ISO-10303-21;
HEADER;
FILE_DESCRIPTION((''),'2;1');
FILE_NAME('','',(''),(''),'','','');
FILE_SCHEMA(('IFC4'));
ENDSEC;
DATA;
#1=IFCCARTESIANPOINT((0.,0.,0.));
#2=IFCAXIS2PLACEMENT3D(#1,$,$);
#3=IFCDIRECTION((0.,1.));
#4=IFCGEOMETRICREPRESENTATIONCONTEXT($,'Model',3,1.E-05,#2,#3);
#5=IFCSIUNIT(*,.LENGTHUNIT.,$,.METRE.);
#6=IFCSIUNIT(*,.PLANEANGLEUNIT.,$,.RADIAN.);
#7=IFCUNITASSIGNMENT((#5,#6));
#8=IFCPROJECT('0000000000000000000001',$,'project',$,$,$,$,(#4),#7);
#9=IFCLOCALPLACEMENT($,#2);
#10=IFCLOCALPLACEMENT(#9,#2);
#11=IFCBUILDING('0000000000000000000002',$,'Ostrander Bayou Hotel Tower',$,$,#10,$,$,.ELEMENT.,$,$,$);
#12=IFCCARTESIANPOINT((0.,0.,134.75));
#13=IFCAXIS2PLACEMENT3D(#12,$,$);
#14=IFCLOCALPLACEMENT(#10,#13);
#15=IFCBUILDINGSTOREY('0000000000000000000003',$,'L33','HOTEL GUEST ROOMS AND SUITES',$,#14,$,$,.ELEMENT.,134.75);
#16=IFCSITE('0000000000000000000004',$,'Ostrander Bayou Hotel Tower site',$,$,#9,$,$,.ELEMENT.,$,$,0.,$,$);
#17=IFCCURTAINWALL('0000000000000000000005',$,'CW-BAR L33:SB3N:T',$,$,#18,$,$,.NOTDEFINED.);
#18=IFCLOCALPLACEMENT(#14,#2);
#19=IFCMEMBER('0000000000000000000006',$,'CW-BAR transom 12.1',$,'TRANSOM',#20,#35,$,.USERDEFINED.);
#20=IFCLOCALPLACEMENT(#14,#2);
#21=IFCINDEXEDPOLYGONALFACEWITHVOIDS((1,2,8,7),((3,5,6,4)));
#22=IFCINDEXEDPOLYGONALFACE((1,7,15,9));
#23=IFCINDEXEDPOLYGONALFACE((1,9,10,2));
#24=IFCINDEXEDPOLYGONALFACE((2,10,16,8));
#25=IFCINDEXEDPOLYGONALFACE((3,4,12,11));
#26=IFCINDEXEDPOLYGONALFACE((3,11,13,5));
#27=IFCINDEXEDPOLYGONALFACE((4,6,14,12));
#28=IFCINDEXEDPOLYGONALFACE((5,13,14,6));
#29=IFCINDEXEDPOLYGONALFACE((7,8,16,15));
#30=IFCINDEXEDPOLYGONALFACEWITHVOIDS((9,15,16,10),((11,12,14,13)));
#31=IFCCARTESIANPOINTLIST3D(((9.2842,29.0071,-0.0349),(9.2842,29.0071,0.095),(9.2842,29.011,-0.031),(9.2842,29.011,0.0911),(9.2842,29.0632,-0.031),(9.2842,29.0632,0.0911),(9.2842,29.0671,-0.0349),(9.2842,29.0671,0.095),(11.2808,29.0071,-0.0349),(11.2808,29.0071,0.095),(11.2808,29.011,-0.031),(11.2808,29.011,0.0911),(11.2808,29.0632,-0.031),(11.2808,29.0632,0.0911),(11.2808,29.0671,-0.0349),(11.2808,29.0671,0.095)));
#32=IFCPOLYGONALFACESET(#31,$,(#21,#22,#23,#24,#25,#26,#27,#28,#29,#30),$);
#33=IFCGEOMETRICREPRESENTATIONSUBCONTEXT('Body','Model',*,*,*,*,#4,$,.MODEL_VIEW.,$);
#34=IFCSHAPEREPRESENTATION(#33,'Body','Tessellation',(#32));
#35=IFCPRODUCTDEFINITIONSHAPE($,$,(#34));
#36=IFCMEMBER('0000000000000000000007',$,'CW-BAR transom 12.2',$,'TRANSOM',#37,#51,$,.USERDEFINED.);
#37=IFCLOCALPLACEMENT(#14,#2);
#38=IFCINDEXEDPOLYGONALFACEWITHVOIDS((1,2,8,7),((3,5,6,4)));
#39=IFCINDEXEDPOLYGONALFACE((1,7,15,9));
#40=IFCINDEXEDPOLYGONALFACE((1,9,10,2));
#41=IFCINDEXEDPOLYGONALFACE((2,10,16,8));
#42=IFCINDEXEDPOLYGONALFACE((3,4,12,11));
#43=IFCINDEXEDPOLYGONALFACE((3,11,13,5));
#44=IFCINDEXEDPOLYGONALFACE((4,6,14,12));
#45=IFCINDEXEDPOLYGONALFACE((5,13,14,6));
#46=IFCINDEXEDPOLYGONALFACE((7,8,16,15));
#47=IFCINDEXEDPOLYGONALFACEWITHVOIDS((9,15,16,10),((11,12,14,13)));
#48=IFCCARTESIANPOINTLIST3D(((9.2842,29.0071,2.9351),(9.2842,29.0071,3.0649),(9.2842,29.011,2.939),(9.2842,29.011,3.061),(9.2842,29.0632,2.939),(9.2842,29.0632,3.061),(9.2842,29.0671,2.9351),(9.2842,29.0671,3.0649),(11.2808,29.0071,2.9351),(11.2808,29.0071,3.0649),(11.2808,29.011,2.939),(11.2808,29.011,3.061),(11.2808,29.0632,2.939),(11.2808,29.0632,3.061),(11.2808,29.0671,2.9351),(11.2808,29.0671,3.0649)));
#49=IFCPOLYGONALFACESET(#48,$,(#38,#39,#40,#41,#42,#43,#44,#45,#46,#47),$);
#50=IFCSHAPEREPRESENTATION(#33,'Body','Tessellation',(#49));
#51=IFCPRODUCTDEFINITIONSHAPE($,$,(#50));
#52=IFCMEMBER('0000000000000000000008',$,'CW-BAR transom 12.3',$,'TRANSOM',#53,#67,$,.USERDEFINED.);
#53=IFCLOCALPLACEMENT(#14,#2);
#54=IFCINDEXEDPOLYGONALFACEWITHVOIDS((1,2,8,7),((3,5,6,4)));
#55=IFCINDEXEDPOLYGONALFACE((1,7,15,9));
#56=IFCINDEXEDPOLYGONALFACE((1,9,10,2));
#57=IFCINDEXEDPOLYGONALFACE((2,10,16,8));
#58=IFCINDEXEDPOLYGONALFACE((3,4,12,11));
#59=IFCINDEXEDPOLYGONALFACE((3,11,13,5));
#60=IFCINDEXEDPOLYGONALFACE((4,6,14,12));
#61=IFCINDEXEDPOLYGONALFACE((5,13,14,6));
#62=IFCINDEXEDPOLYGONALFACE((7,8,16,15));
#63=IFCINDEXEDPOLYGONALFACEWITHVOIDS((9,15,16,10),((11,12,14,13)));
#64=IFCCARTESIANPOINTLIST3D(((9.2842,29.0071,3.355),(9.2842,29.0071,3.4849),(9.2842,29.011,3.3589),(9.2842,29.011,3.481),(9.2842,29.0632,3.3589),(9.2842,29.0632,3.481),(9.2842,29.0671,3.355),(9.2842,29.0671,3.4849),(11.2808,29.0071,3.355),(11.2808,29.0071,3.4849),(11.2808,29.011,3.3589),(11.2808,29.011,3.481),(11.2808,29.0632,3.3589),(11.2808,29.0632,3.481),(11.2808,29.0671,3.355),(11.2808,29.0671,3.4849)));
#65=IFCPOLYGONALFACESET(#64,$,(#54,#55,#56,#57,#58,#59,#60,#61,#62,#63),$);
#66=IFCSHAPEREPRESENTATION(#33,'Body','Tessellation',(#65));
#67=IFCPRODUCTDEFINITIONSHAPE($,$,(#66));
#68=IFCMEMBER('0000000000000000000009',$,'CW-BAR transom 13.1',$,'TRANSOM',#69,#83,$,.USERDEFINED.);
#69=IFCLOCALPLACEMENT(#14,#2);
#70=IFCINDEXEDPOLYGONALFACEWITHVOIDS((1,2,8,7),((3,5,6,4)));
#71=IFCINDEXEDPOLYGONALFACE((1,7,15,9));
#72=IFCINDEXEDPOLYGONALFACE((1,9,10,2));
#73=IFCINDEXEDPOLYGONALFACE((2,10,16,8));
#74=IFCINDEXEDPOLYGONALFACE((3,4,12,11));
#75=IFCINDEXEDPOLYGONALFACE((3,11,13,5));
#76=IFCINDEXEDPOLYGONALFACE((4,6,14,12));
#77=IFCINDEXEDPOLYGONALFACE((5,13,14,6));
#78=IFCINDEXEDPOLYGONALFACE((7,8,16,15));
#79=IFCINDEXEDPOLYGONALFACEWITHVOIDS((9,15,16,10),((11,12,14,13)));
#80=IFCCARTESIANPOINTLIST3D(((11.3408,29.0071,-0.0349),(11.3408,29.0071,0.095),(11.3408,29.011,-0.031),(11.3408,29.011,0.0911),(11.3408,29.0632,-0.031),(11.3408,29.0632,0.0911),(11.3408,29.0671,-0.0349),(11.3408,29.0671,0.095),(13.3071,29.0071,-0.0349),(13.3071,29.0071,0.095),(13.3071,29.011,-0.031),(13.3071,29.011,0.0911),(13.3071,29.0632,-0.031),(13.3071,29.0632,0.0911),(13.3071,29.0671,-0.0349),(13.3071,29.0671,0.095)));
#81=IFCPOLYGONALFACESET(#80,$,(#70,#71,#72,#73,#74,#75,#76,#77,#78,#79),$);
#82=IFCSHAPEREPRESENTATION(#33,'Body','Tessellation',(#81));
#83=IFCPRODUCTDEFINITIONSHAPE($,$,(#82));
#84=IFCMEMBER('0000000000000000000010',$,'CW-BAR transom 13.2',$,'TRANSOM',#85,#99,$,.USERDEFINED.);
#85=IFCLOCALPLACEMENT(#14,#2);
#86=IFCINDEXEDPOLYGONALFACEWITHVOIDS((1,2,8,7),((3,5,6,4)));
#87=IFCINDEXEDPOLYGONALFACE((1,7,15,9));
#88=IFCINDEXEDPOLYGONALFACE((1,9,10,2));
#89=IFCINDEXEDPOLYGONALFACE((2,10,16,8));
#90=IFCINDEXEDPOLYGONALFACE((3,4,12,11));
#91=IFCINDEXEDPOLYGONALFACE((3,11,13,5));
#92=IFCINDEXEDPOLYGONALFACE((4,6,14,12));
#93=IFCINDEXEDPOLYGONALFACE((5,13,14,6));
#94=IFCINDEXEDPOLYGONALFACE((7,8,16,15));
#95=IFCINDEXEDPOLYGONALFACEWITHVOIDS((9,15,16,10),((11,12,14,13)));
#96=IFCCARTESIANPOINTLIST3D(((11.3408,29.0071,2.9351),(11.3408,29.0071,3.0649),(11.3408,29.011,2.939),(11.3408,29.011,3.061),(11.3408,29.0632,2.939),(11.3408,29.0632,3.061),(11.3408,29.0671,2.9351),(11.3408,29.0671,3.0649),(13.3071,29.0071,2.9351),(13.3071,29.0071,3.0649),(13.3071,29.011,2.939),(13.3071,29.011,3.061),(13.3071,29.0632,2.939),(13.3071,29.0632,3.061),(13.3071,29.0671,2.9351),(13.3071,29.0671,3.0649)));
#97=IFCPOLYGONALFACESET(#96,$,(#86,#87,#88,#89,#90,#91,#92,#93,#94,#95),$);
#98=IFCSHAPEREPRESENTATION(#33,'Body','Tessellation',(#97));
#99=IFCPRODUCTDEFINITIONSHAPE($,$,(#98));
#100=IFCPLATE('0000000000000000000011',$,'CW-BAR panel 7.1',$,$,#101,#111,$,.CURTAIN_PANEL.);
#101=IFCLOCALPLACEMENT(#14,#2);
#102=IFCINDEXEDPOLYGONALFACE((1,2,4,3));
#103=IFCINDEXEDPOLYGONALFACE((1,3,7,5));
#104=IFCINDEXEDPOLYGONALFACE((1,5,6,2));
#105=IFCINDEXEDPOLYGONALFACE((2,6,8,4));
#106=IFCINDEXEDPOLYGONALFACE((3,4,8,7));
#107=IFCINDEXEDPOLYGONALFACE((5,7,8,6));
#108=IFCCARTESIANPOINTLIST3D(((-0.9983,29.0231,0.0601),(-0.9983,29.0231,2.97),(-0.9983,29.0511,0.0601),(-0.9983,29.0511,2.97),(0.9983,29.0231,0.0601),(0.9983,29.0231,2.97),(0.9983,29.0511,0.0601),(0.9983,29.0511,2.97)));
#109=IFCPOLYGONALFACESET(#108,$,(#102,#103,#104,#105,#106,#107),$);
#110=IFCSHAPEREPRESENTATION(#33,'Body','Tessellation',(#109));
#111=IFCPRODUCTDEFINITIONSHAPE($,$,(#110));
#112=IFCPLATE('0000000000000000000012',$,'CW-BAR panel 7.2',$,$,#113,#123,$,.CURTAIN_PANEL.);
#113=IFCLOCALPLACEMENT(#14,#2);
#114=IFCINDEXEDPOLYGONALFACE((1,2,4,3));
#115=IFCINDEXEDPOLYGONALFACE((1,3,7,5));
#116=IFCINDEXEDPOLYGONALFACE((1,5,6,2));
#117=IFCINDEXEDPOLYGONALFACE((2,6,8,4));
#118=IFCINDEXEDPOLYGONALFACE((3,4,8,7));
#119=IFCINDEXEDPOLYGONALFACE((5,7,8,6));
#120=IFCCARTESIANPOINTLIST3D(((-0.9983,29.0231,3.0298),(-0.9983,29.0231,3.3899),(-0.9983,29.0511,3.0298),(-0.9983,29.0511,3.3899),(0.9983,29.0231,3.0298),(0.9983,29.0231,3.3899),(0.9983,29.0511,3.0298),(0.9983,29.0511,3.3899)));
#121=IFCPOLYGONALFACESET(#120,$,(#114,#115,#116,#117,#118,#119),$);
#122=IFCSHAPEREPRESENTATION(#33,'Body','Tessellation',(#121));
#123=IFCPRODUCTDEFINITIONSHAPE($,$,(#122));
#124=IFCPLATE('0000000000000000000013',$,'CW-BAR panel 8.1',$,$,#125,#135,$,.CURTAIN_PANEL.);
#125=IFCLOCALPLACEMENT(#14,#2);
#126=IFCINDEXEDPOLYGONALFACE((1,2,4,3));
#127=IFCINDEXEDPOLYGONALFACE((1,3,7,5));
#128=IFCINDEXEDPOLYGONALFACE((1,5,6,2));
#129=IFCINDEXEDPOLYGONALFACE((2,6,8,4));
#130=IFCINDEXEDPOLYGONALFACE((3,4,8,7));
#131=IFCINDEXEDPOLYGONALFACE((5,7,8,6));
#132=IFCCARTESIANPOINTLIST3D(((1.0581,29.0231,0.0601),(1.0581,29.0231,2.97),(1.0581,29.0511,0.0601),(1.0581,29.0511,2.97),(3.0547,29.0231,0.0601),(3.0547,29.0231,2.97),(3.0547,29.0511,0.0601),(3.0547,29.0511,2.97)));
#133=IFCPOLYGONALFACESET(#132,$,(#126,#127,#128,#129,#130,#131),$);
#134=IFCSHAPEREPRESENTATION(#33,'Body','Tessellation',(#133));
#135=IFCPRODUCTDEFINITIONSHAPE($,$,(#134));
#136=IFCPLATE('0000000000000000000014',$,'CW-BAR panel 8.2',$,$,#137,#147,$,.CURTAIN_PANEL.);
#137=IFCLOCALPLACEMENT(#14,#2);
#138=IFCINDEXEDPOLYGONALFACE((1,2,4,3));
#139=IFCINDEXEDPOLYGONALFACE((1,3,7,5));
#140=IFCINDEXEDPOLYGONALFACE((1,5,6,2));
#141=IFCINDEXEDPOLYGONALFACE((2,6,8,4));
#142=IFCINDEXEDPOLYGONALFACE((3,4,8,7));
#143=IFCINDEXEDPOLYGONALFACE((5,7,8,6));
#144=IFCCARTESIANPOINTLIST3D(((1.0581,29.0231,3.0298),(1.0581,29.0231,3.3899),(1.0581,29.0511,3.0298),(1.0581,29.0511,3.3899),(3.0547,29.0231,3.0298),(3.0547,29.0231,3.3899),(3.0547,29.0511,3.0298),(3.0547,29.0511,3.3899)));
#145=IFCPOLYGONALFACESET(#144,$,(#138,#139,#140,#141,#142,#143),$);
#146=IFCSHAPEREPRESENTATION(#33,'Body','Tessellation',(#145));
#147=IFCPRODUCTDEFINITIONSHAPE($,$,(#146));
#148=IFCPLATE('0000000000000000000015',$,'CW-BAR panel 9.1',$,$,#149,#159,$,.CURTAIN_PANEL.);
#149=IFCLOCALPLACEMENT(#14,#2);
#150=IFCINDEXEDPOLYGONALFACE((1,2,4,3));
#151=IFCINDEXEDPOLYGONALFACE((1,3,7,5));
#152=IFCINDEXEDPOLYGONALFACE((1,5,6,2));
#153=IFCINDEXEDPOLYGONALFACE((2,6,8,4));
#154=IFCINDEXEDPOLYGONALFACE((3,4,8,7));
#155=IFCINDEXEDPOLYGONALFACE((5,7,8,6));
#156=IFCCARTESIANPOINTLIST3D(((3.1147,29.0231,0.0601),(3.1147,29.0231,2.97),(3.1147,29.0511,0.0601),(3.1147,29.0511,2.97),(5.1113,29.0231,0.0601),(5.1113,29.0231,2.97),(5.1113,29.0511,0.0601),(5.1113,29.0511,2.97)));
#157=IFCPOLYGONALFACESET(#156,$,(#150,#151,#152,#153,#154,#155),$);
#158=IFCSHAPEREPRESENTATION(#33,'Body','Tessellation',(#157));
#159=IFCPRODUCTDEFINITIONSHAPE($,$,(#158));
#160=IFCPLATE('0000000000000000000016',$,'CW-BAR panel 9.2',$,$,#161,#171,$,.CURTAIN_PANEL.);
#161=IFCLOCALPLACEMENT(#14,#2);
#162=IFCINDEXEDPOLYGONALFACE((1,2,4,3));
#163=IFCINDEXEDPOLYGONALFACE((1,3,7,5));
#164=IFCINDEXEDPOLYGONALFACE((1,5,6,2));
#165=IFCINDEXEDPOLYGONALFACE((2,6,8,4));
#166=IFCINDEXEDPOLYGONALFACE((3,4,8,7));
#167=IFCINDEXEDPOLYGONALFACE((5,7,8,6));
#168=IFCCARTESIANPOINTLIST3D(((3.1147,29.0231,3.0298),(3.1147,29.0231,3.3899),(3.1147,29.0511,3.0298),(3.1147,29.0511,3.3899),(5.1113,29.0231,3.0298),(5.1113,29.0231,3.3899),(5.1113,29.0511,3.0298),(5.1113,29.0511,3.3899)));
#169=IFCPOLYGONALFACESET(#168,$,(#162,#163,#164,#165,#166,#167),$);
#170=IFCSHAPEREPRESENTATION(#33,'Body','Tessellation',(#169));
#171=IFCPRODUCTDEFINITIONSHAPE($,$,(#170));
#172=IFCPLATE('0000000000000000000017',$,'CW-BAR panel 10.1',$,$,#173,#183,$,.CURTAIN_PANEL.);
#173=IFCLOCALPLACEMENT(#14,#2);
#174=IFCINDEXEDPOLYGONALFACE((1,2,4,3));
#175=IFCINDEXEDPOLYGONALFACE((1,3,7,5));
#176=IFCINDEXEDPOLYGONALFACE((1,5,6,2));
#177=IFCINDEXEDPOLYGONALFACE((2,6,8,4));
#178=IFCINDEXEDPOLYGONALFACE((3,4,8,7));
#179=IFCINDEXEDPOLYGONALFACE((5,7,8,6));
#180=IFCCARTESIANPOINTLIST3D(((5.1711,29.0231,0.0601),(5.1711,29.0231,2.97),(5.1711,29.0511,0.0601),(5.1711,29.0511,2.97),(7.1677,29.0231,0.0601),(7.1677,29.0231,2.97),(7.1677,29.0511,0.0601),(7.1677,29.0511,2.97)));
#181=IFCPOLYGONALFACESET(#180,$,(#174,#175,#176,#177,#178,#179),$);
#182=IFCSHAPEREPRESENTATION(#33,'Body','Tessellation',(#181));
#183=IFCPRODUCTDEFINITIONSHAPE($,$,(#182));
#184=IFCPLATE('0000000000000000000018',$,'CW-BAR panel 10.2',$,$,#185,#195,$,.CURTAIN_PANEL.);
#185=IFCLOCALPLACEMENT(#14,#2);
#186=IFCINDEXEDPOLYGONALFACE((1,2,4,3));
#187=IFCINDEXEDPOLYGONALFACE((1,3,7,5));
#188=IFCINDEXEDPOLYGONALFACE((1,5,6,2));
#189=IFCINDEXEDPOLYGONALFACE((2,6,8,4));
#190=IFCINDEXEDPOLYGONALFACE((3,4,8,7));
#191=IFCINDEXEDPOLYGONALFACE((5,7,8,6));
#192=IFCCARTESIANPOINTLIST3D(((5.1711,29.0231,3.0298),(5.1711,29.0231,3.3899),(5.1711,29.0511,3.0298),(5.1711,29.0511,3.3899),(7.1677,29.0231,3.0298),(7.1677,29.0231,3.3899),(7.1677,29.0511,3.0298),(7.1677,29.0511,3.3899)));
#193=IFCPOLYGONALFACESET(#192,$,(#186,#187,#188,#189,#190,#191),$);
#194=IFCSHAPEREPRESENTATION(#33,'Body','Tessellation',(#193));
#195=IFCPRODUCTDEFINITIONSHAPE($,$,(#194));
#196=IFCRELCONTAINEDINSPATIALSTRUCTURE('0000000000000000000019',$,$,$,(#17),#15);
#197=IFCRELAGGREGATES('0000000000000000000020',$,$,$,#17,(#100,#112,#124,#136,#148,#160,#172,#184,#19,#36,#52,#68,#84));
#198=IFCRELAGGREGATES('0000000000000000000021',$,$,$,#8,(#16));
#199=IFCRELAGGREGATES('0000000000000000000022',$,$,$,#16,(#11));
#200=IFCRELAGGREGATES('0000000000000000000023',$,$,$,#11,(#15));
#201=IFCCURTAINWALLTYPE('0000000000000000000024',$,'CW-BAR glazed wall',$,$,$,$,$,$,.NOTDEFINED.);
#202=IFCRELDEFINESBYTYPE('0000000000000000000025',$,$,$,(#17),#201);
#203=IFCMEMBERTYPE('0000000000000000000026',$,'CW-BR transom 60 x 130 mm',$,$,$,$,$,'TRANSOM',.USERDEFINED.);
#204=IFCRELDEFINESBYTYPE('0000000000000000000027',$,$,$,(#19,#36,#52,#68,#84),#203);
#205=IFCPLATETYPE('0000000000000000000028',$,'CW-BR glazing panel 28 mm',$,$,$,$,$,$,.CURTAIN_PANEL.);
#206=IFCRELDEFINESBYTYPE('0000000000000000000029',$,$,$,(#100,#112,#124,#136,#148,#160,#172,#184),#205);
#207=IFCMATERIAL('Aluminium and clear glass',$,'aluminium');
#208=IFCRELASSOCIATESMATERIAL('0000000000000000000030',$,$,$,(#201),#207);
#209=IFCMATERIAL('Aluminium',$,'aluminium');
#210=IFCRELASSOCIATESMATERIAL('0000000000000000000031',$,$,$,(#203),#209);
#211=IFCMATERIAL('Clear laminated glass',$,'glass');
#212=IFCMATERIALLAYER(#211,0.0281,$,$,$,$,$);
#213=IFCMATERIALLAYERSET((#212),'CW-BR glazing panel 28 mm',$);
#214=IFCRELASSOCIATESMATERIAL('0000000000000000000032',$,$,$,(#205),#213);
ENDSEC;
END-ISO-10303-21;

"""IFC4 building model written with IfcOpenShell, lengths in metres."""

from ifc_helpers import new_model, si_unit, direction, frame, origin, origin_2d, place, context, subcontext, project, spatial, rectangle, hollow_rectangle, extrude, material, layer, layer_set, material_profile, profile_set, type_object, element, aggregate, save


model = new_model("IFC4")

# Units and contexts
model_context = context("Model", 3, precision=1e-05, world=origin(), true_north=direction((0.0, 1.0)))
body_context = subcontext(model_context, "Body", "Model", "MODEL_VIEW")
ifc_project = project(units=[si_unit("LENGTHUNIT", "METRE"), si_unit("PLANEANGLEUNIT", "RADIAN")], contexts=[model_context])

# Site, building, storey
site_placement = place(None, origin())
site = spatial("IfcSite", under=ifc_project, at=site_placement, Name="Ostrander Bayou Hotel Tower site", CompositionType="ELEMENT", RefElevation=0.0)
building_placement = place(site_placement, origin())
building = spatial("IfcBuilding", under=site, at=building_placement, Name="Ostrander Bayou Hotel Tower", CompositionType="ELEMENT")
storey_placement = place(building_placement, frame((0.0, 0.0, 134.75)))
storey = spatial("IfcBuildingStorey", under=building, at=storey_placement, Name="L33", Description="HOTEL GUEST ROOMS AND SUITES", CompositionType="ELEMENT", Elevation=134.75)

# Curtain wall, members, plates
ifc_material_1 = material(Name="Aluminium and clear glass", Category="aluminium")
curtain_wall_type = type_object("IfcCurtainWallType", Name="CW-BAR glazed wall", PredefinedType="NOTDEFINED", material=ifc_material_1)
curtain_wall_placement = place(storey_placement, origin())
curtain_wall = element("IfcCurtainWall", 1, at=curtain_wall_placement, inside=storey, type_object=curtain_wall_type, Name="CW-BAR L33:SB3N:T", PredefinedType="NOTDEFINED")
ifc_material_2 = material(Name="Aluminium", Category="aluminium")
ifc_material_profile_1 = material_profile(ifc_material_2, hollow_rectangle(XDim=0.0601, YDim=0.1299, WallThickness=0.0039, at=origin_2d()))
ifc_profile_set_1 = profile_set([ifc_material_profile_1], Name="Aluminium")
member_type_1 = type_object("IfcMemberType", Name="CW-BR transom 60 x 130 mm", ElementType="TRANSOM", PredefinedType="USERDEFINED", material=ifc_profile_set_1)
member_1_placement = place(storey_placement, frame((9.2842, 29.0371, 0.03), z_axis=(1.0, 0.0, 0.0), x_axis=(0.0, 1.0, 0.0)))
member_1 = element("IfcMember", 2, at=member_1_placement, type_object=member_type_1, Name="CW-BAR transom 12.1", ObjectType="TRANSOM", PredefinedType="USERDEFINED", context=body_context, shape_type="SweptSolid", body=[
    extrude(hollow_rectangle(XDim=0.0601, YDim=0.1299, WallThickness=0.0039, at=origin_2d()), origin(), (0.0, 0.0, 1.0), 1.9966),
])
member_2_placement = place(storey_placement, frame((9.2842, 29.0371, 3.0), z_axis=(1.0, 0.0, 0.0), x_axis=(0.0, 1.0, 0.0)))
member_2 = element("IfcMember", 3, at=member_2_placement, type_object=member_type_1, Name="CW-BAR transom 12.2", ObjectType="TRANSOM", PredefinedType="USERDEFINED", context=body_context, shape_type="SweptSolid", body=[
    extrude(hollow_rectangle(XDim=0.0601, YDim=0.1299, WallThickness=0.0039, at=origin_2d()), origin(), (0.0, 0.0, 1.0), 1.9966),
])
member_3_placement = place(storey_placement, frame((9.2842, 29.0371, 3.4199), z_axis=(1.0, 0.0, 0.0), x_axis=(0.0, 1.0, 0.0)))
member_3 = element("IfcMember", 4, at=member_3_placement, type_object=member_type_1, Name="CW-BAR transom 12.3", ObjectType="TRANSOM", PredefinedType="USERDEFINED", context=body_context, shape_type="SweptSolid", body=[
    extrude(hollow_rectangle(XDim=0.0601, YDim=0.1299, WallThickness=0.0039, at=origin_2d()), origin(), (0.0, 0.0, 1.0), 1.9966),
])
member_4_placement = place(storey_placement, frame((11.3408, 29.0371, 0.03), z_axis=(1.0, 0.0, 0.0), x_axis=(0.0, 1.0, 0.0)))
member_4 = element("IfcMember", 5, at=member_4_placement, type_object=member_type_1, Name="CW-BAR transom 13.1", ObjectType="TRANSOM", PredefinedType="USERDEFINED", context=body_context, shape_type="SweptSolid", body=[
    extrude(hollow_rectangle(XDim=0.0601, YDim=0.1299, WallThickness=0.0039, at=origin_2d()), origin(), (0.0, 0.0, 1.0), 1.9663),
])
member_5_placement = place(storey_placement, frame((11.3408, 29.0371, 3.0), z_axis=(1.0, 0.0, 0.0), x_axis=(0.0, 1.0, 0.0)))
member_5 = element("IfcMember", 6, at=member_5_placement, type_object=member_type_1, Name="CW-BAR transom 13.2", ObjectType="TRANSOM", PredefinedType="USERDEFINED", context=body_context, shape_type="SweptSolid", body=[
    extrude(hollow_rectangle(XDim=0.0601, YDim=0.1299, WallThickness=0.0039, at=origin_2d()), origin(), (0.0, 0.0, 1.0), 1.9663),
])
ifc_material_3 = material(Name="Clear laminated glass", Category="glass")
ifc_layer_1 = layer(ifc_material_3, 0.0281)
ifc_layer_set_1 = layer_set([ifc_layer_1], Name="CW-BR glazing panel 28 mm")
plate_type = type_object("IfcPlateType", Name="CW-BR glazing panel 28 mm", PredefinedType="CURTAIN_PANEL", material=ifc_layer_set_1)
plate_1_placement = place(storey_placement, frame((0.0, 29.0371, 0.0601), z_axis=(0.0, 0.0, 1.0), x_axis=(1.0, 0.0, 0.0)))
plate_1 = element("IfcPlate", 7, at=plate_1_placement, type_object=plate_type, Name="CW-BAR panel 7.1", PredefinedType="CURTAIN_PANEL", context=body_context, shape_type="SweptSolid", body=[
    extrude(rectangle(XDim=1.9966, YDim=0.0281, at=origin_2d()), origin(), (0.0, 0.0, 1.0), 2.9099),
])
plate_2_placement = place(storey_placement, frame((0.0, 29.0371, 3.0298), z_axis=(0.0, 0.0, 1.0), x_axis=(1.0, 0.0, 0.0)))
plate_2 = element("IfcPlate", 8, at=plate_2_placement, type_object=plate_type, Name="CW-BAR panel 7.2", PredefinedType="CURTAIN_PANEL", context=body_context, shape_type="SweptSolid", body=[
    extrude(rectangle(XDim=1.9966, YDim=0.0281, at=origin_2d()), origin(), (0.0, 0.0, 1.0), 0.3601),
])
plate_3_placement = place(storey_placement, frame((2.0564, 29.0371, 0.0601), z_axis=(0.0, 0.0, 1.0), x_axis=(1.0, 0.0, 0.0)))
plate_3 = element("IfcPlate", 9, at=plate_3_placement, type_object=plate_type, Name="CW-BAR panel 8.1", PredefinedType="CURTAIN_PANEL", context=body_context, shape_type="SweptSolid", body=[
    extrude(rectangle(XDim=1.9966, YDim=0.0281, at=origin_2d()), origin(), (0.0, 0.0, 1.0), 2.9099),
])
plate_4_placement = place(storey_placement, frame((2.0564, 29.0371, 3.0298), z_axis=(0.0, 0.0, 1.0), x_axis=(1.0, 0.0, 0.0)))
plate_4 = element("IfcPlate", 10, at=plate_4_placement, type_object=plate_type, Name="CW-BAR panel 8.2", PredefinedType="CURTAIN_PANEL", context=body_context, shape_type="SweptSolid", body=[
    extrude(rectangle(XDim=1.9966, YDim=0.0281, at=origin_2d()), origin(), (0.0, 0.0, 1.0), 0.3601),
])
plate_5_placement = place(storey_placement, frame((4.113, 29.0371, 0.0601), z_axis=(0.0, 0.0, 1.0), x_axis=(1.0, 0.0, 0.0)))
plate_5 = element("IfcPlate", 11, at=plate_5_placement, type_object=plate_type, Name="CW-BAR panel 9.1", PredefinedType="CURTAIN_PANEL", context=body_context, shape_type="SweptSolid", body=[
    extrude(rectangle(XDim=1.9966, YDim=0.0281, at=origin_2d()), origin(), (0.0, 0.0, 1.0), 2.9099),
])
plate_6_placement = place(storey_placement, frame((4.113, 29.0371, 3.0298), z_axis=(0.0, 0.0, 1.0), x_axis=(1.0, 0.0, 0.0)))
plate_6 = element("IfcPlate", 12, at=plate_6_placement, type_object=plate_type, Name="CW-BAR panel 9.2", PredefinedType="CURTAIN_PANEL", context=body_context, shape_type="SweptSolid", body=[
    extrude(rectangle(XDim=1.9966, YDim=0.0281, at=origin_2d()), origin(), (0.0, 0.0, 1.0), 0.3601),
])
plate_7_placement = place(storey_placement, frame((6.1694, 29.0371, 0.0601), z_axis=(0.0, 0.0, 1.0), x_axis=(1.0, 0.0, 0.0)))
plate_7 = element("IfcPlate", 13, at=plate_7_placement, type_object=plate_type, Name="CW-BAR panel 10.1", PredefinedType="CURTAIN_PANEL", context=body_context, shape_type="SweptSolid", body=[
    extrude(rectangle(XDim=1.9966, YDim=0.0281, at=origin_2d()), origin(), (0.0, 0.0, 1.0), 2.9099),
])
plate_8_placement = place(storey_placement, frame((6.1694, 29.0371, 3.0298), z_axis=(0.0, 0.0, 1.0), x_axis=(1.0, 0.0, 0.0)))
plate_8 = element("IfcPlate", 14, at=plate_8_placement, type_object=plate_type, Name="CW-BAR panel 10.2", PredefinedType="CURTAIN_PANEL", context=body_context, shape_type="SweptSolid", body=[
    extrude(rectangle(XDim=1.9966, YDim=0.0281, at=origin_2d()), origin(), (0.0, 0.0, 1.0), 0.3601),
])
aggregate(curtain_wall, [plate_1, plate_2, plate_3, plate_4, plate_5, plate_6, plate_7, plate_8, member_1, member_2, member_3, member_4, member_5])

save(model, "model.ifc")
